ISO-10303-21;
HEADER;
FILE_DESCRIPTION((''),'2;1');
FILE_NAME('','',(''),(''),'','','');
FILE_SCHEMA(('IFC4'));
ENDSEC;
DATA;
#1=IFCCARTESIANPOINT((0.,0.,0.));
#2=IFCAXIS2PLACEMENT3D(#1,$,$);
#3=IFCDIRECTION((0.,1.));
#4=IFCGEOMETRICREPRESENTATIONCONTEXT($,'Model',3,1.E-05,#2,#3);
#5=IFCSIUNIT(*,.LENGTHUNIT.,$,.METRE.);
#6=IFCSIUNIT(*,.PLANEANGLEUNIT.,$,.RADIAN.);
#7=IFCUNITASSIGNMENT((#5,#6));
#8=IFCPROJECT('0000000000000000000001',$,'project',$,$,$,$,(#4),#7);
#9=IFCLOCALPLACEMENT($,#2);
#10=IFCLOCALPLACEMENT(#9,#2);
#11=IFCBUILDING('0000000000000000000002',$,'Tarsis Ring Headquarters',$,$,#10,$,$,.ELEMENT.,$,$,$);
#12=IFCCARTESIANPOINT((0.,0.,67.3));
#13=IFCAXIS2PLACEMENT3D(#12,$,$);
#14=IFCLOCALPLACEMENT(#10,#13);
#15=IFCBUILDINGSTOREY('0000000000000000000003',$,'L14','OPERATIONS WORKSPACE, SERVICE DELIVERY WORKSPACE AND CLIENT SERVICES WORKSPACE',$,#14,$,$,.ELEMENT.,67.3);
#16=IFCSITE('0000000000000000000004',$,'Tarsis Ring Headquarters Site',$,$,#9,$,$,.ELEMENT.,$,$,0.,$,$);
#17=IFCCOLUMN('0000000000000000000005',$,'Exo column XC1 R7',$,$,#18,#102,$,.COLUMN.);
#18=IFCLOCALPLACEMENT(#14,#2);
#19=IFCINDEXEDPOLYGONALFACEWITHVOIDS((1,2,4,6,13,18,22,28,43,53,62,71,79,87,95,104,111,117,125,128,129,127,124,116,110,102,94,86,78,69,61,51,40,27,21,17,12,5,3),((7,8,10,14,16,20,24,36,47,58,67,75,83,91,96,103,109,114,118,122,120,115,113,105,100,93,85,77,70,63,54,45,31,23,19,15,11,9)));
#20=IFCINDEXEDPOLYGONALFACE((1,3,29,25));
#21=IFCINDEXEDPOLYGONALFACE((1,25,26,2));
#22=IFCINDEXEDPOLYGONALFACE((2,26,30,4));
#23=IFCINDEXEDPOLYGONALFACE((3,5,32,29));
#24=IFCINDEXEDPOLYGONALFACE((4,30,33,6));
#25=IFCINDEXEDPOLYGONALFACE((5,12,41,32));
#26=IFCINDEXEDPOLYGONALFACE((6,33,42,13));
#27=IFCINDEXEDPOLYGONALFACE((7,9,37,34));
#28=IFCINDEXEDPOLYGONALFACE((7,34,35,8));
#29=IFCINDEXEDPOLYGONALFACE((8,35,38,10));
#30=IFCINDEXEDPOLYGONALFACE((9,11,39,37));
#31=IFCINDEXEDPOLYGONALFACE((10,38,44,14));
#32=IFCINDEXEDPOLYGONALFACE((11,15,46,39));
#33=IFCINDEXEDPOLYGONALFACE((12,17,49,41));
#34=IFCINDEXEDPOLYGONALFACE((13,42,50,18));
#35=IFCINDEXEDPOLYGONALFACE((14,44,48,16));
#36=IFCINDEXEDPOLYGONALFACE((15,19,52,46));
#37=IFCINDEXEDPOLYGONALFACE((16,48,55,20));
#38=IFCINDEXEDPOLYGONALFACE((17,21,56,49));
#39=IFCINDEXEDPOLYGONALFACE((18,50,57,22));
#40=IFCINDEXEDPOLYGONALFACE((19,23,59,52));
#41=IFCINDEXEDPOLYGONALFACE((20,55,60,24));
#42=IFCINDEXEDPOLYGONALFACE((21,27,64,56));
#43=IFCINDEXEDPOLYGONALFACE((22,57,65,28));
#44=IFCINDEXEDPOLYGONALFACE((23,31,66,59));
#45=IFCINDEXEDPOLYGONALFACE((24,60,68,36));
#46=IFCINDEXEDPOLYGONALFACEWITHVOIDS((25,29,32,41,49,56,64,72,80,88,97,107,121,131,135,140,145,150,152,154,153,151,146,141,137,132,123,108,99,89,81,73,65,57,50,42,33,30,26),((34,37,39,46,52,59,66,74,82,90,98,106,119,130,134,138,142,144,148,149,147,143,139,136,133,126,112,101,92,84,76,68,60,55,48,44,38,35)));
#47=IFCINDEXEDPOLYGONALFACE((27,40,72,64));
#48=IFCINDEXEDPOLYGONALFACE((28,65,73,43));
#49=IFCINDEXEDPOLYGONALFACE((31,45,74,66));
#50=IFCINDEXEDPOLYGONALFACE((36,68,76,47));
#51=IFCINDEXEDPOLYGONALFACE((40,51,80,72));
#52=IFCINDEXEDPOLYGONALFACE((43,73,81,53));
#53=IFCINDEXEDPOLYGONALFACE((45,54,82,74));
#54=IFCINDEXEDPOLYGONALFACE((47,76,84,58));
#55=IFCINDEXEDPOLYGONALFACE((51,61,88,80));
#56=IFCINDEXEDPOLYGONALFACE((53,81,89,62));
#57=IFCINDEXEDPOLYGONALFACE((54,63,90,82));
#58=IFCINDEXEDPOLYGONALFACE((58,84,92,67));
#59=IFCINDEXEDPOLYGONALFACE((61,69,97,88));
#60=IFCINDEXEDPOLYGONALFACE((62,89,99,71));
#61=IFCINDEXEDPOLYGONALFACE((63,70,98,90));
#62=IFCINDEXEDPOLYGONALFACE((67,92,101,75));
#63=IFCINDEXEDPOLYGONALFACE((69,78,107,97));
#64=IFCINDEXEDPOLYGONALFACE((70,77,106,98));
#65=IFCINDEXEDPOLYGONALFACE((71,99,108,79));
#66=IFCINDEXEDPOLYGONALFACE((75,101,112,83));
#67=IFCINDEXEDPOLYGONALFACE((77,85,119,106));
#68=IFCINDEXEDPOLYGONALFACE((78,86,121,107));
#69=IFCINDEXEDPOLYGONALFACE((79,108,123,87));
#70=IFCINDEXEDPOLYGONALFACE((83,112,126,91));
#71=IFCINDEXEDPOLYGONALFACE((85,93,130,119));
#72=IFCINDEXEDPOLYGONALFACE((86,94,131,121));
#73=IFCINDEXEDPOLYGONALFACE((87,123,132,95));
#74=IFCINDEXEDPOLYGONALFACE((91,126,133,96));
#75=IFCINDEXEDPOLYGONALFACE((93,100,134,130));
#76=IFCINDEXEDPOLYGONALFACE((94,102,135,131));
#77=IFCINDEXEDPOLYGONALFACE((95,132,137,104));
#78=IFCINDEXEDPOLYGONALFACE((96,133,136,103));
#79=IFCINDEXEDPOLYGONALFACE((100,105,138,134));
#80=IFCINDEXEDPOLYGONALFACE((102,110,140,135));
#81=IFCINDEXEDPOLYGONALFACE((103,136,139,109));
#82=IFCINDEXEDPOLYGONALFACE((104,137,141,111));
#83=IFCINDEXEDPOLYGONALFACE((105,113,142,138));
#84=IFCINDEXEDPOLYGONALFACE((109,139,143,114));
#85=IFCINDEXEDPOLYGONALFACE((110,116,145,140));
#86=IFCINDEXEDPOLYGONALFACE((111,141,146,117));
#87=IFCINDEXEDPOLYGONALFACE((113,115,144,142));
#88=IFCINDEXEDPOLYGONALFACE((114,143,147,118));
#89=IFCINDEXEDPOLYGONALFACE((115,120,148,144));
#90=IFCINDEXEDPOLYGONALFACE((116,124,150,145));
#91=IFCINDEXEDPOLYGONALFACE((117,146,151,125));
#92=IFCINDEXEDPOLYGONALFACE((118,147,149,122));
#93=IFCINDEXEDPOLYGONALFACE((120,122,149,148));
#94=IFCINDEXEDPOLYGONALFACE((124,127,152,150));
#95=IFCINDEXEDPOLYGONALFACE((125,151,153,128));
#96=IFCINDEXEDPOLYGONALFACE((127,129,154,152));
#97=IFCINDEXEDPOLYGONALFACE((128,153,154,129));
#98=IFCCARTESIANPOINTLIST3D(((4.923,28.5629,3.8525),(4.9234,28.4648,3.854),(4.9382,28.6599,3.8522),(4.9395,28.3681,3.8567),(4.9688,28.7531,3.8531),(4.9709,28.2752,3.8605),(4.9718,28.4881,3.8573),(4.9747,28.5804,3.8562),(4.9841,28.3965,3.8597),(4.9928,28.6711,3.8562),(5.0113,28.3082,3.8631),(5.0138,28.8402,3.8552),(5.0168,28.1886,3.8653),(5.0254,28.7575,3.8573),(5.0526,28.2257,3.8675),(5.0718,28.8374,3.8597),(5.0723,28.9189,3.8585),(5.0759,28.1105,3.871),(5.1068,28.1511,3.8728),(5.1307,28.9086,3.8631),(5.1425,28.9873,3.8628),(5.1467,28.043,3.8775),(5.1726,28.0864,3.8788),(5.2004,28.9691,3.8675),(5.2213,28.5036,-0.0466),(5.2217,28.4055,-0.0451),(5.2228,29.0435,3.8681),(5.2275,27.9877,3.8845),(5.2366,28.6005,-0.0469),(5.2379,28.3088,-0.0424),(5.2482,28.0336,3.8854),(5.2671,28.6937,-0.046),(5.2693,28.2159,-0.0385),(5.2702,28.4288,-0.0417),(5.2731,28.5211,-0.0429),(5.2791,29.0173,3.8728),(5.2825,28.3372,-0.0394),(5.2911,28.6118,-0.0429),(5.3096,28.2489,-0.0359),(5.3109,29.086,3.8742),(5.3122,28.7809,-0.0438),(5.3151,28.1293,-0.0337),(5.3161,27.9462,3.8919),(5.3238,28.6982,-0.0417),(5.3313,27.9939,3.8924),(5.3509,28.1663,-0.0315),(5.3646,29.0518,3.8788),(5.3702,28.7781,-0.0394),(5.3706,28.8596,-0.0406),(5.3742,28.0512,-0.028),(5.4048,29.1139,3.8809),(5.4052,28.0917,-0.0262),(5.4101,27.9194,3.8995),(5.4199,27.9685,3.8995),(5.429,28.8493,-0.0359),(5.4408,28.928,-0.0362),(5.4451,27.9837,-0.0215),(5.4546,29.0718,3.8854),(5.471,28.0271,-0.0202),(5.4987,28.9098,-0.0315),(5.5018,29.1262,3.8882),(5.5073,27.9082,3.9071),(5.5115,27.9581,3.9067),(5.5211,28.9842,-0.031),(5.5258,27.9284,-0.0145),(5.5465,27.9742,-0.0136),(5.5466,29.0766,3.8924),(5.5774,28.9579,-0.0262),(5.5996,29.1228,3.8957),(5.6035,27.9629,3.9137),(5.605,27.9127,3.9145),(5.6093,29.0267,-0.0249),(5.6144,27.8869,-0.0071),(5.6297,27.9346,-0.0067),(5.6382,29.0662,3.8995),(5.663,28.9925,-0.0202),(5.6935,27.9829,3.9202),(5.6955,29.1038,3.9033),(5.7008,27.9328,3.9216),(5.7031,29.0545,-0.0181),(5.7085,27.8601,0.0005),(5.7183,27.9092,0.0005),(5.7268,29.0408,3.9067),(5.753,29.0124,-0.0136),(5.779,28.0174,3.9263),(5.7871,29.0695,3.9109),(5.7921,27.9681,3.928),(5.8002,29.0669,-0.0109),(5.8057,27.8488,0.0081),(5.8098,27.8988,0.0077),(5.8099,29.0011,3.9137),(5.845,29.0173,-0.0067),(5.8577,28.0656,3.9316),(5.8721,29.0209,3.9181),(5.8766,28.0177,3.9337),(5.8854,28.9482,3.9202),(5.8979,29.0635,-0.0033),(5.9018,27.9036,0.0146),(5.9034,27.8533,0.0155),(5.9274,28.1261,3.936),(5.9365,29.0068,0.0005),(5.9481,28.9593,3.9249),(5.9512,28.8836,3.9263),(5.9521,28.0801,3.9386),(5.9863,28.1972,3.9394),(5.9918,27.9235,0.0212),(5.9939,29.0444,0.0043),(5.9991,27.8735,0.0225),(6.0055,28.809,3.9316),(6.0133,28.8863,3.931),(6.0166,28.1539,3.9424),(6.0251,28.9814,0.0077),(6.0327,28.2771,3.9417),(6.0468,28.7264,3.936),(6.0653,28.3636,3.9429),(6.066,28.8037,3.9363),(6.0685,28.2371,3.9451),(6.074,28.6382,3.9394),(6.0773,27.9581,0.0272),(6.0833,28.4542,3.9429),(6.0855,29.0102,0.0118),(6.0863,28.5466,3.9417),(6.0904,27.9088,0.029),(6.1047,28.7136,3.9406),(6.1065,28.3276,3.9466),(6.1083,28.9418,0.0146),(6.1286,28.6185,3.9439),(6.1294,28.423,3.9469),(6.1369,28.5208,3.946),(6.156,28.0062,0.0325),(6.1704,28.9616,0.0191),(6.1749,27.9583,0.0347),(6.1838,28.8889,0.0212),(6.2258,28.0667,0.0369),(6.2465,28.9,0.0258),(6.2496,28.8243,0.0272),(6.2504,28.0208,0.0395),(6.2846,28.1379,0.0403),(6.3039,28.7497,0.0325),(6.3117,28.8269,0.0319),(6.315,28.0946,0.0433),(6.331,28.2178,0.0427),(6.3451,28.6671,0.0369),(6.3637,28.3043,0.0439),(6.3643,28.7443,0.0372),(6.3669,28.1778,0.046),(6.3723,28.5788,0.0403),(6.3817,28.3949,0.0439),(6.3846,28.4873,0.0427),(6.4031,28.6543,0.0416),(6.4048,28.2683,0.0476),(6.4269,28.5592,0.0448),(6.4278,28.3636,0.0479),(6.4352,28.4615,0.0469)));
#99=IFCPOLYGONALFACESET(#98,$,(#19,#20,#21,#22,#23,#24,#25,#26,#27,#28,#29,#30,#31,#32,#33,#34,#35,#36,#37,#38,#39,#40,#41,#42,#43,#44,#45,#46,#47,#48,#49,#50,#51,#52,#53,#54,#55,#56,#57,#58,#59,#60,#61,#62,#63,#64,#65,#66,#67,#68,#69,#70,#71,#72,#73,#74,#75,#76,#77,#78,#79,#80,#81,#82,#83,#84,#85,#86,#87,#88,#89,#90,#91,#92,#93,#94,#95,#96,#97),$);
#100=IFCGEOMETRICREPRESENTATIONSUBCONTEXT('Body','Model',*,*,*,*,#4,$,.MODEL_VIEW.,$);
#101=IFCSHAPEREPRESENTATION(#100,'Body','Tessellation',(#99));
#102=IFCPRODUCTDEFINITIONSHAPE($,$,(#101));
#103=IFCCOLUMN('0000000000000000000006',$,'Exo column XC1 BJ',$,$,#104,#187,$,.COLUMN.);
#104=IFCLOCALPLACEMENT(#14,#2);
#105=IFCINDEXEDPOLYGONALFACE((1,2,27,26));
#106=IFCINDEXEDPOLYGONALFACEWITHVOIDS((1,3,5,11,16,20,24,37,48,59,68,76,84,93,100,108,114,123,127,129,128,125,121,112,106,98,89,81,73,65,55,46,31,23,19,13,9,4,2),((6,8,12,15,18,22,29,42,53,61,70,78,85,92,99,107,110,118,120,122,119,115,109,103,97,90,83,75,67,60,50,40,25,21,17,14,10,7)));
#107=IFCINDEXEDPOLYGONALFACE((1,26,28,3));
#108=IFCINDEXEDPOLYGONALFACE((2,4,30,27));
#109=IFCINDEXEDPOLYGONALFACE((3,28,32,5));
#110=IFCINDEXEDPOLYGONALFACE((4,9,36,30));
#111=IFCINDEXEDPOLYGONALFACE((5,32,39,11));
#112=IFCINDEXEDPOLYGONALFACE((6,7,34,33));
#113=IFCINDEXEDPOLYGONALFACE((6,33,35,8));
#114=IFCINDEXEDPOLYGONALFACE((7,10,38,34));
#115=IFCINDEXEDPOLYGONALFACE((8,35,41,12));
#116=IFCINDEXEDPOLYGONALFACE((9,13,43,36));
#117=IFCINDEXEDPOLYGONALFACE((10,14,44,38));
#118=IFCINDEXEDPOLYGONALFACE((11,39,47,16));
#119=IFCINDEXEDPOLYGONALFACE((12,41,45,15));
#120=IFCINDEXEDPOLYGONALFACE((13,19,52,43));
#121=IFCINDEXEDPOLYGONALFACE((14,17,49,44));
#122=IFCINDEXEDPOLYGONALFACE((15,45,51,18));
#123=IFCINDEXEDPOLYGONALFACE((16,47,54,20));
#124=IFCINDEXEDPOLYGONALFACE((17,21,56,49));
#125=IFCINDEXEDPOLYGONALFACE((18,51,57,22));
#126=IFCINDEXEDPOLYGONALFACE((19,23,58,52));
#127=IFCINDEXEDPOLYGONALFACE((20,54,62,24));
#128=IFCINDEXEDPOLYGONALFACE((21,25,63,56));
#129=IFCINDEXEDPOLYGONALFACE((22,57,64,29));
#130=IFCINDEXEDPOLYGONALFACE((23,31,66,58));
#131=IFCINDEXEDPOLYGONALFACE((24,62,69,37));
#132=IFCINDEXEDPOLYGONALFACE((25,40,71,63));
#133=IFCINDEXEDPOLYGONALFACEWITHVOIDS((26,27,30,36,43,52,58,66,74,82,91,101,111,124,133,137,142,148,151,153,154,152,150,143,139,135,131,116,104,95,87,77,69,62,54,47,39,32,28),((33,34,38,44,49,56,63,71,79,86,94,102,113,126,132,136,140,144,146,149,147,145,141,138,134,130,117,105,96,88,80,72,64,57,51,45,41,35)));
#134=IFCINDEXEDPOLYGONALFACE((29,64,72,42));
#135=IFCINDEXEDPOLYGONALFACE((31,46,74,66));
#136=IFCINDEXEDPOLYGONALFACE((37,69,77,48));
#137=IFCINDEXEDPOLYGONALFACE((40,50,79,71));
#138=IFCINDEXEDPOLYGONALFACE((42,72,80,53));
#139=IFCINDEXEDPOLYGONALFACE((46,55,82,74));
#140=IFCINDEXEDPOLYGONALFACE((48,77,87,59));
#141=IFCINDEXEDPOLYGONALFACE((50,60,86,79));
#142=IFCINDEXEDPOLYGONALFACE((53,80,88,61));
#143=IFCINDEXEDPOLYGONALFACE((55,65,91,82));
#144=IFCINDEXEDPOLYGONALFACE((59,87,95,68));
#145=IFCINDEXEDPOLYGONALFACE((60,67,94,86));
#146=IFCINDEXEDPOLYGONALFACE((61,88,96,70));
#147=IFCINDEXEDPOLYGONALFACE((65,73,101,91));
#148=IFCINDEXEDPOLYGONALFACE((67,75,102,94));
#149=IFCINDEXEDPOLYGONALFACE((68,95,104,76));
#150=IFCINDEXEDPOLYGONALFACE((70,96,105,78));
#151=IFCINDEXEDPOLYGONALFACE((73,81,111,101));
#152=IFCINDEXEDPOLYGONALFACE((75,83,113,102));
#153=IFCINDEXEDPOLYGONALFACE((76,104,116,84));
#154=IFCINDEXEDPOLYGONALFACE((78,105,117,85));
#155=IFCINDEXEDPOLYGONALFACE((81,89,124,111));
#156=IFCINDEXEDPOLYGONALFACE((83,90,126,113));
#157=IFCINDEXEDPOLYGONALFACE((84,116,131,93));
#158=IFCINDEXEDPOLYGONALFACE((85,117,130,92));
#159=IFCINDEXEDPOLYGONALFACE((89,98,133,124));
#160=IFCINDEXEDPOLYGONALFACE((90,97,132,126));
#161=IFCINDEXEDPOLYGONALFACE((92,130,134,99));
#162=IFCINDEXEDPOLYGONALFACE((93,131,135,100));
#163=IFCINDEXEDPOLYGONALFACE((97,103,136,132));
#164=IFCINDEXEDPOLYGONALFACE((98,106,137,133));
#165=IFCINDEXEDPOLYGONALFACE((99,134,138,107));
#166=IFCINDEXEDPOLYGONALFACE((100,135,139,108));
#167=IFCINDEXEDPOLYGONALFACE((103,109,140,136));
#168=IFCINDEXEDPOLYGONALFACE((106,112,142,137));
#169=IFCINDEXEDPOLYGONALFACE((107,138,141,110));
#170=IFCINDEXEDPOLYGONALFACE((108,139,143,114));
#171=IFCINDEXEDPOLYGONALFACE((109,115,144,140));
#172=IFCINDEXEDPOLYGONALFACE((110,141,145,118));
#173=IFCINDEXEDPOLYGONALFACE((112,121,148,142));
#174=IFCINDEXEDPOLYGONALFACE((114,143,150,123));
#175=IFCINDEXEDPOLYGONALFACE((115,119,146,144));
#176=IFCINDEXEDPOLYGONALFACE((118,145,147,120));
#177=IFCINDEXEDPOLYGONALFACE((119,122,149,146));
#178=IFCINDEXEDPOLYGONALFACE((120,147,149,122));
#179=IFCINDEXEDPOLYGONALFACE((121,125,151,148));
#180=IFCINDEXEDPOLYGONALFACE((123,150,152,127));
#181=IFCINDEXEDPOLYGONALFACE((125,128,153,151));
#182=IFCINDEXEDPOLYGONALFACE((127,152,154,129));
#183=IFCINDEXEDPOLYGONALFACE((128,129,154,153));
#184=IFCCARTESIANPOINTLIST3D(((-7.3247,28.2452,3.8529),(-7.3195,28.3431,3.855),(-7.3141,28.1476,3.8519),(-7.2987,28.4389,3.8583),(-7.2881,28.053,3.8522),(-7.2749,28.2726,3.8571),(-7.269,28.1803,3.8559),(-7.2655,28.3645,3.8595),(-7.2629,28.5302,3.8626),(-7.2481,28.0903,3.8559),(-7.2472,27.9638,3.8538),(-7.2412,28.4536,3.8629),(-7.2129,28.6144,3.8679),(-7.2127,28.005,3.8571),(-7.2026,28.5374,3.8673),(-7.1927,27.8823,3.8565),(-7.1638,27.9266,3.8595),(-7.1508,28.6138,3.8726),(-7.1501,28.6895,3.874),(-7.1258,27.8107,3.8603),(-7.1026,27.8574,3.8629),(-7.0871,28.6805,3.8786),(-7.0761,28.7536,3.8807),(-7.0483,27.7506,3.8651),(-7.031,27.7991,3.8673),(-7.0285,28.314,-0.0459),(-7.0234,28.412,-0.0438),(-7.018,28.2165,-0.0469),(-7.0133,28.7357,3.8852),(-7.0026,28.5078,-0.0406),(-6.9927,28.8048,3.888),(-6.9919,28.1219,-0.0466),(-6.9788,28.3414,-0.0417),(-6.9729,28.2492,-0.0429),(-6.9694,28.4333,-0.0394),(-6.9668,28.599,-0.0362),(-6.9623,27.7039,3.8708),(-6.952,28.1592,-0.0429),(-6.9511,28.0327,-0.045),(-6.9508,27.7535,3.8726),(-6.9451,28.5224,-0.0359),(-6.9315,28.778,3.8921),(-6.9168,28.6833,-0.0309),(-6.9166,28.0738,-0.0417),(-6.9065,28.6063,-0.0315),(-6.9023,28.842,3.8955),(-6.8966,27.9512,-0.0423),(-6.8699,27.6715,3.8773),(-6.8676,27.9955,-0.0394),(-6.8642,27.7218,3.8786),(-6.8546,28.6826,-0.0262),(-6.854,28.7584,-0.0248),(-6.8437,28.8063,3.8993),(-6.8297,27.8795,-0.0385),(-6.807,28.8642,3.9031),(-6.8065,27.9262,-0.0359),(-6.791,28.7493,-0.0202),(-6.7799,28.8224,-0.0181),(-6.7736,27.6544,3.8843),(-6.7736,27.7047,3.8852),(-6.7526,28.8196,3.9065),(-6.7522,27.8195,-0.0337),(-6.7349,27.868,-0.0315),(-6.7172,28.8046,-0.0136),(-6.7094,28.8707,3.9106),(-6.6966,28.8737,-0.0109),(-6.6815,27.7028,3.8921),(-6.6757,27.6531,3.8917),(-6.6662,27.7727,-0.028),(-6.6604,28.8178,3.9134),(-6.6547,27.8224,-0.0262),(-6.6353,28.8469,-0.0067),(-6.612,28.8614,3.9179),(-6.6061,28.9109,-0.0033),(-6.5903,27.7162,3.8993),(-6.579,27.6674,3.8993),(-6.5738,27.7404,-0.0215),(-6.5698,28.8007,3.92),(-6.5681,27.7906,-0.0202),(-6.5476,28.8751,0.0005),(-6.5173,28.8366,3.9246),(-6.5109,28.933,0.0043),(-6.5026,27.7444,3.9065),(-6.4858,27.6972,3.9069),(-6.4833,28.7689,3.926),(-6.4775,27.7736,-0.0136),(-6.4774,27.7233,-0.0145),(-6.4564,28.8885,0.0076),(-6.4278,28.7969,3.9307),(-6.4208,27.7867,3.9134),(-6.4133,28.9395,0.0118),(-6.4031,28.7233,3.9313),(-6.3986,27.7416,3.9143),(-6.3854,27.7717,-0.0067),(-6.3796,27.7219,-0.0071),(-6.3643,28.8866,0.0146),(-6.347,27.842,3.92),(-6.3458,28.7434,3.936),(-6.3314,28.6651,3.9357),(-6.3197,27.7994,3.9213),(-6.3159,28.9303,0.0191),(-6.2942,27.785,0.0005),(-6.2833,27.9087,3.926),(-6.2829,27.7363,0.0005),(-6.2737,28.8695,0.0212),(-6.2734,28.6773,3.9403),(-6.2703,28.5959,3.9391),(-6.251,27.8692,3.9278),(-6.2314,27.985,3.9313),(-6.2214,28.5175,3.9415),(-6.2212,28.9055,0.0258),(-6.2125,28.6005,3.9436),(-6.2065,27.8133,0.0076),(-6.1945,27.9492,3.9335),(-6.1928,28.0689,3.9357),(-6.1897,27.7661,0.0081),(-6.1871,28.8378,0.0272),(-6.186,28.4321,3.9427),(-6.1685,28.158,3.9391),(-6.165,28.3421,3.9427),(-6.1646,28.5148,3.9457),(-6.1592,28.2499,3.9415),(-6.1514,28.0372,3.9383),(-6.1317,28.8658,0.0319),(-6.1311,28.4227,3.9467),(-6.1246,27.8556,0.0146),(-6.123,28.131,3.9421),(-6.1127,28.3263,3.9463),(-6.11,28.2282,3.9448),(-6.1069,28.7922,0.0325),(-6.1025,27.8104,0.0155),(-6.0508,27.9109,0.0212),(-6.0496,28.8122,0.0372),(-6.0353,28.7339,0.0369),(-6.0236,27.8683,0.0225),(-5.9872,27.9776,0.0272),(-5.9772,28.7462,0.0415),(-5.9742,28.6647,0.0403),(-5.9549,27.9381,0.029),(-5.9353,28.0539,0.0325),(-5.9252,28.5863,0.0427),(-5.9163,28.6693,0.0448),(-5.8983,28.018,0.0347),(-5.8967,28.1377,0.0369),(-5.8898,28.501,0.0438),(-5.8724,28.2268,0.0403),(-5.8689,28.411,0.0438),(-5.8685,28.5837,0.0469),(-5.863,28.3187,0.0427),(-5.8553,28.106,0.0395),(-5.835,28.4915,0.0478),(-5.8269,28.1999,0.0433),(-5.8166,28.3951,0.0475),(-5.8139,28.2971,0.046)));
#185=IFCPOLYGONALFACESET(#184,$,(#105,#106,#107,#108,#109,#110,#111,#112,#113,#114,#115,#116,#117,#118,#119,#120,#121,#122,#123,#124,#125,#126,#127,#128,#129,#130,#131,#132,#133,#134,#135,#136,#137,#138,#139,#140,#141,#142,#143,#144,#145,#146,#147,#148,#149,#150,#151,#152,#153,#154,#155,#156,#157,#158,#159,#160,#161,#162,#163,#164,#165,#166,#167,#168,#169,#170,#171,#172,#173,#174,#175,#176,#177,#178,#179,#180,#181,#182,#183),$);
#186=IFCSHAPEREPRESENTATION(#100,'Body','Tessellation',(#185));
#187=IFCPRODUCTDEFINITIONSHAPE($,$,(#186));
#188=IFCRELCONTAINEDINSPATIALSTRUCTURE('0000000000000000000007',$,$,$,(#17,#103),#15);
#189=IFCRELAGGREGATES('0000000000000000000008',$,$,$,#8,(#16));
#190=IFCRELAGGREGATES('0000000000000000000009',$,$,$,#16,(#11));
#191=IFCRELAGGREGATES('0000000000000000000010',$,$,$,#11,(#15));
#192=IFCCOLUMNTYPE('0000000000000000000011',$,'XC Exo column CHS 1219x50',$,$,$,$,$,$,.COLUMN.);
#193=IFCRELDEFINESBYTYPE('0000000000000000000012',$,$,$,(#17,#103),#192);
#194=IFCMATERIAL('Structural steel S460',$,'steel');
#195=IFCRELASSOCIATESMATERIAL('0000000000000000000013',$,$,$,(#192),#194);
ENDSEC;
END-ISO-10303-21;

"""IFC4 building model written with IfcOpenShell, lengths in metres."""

from ifc_helpers import new_model, si_unit, direction, frame, origin, origin_2d, place, context, subcontext, project, spatial, hollow_circle, extrude, material, material_profile, profile_set, type_object, element, save


model = new_model("IFC4")

# Units and contexts
model_context = context("Model", 3, precision=1e-05, world=origin(), true_north=direction((0.0, 1.0)))
body_context = subcontext(model_context, "Body", "Model", "MODEL_VIEW")
ifc_project = project(units=[si_unit("LENGTHUNIT", "METRE"), si_unit("PLANEANGLEUNIT", "RADIAN")], contexts=[model_context])

# Site, building, storey
site_placement = place(None, origin())
site = spatial("IfcSite", under=ifc_project, at=site_placement, Name="Tarsis Ring Headquarters Site", CompositionType="ELEMENT", RefElevation=0.0)
building_placement = place(site_placement, origin())
building = spatial("IfcBuilding", under=site, at=building_placement, Name="Tarsis Ring Headquarters", CompositionType="ELEMENT")
storey_placement = place(building_placement, frame((0.0, 0.0, 67.3)))
storey = spatial("IfcBuildingStorey", under=building, at=storey_placement, Name="L14", Description="OPERATIONS WORKSPACE, SERVICE DELIVERY WORKSPACE AND CLIENT SERVICES WORKSPACE", CompositionType="ELEMENT", Elevation=67.3)

# Columns
ifc_material_1 = material(Name="Structural steel S460", Category="steel")
ifc_material_profile_1 = material_profile(ifc_material_1, hollow_circle(Radius=0.6096, WallThickness=0.05, at=origin_2d()), Name="CHS 1219x50")
ifc_profile_set_1 = profile_set([ifc_material_profile_1], Name="Structural steel S460")
column_type = type_object("IfcColumnType", Name="XC Exo column CHS 1219x50", PredefinedType="COLUMN", material=ifc_profile_set_1)
column_1_placement = place(storey_placement, frame((5.8274, 28.458, 0.0005), z_axis=(-0.076287, 0.01517, 0.996971), x_axis=(-0.195036, -0.980796, 0.0)))
element("IfcColumn", 1, at=column_1_placement, inside=storey, type_object=column_type, Name="Exo column XC1 R7", PredefinedType="COLUMN", context=body_context, shape_type="SweptSolid", body=[
    extrude(hollow_circle(Radius=0.6096, WallThickness=0.05, at=origin_2d()), origin(), (0.0, 0.0, 1.0), 3.9109),
])
column_2_placement = place(storey_placement, frame((-6.4209, 28.3301, 0.0005), z_axis=(-0.075725, -0.017605, 0.996973), x_axis=(0.226443, -0.974025, 0.0)))
element("IfcColumn", 2, at=column_2_placement, inside=storey, type_object=column_type, Name="Exo column XC1 BJ", PredefinedType="COLUMN", context=body_context, shape_type="SweptSolid", body=[
    extrude(hollow_circle(Radius=0.6096, WallThickness=0.05, at=origin_2d()), origin(), (0.0, 0.0, 1.0), 3.9106),
])

save(model, "model.ifc")
